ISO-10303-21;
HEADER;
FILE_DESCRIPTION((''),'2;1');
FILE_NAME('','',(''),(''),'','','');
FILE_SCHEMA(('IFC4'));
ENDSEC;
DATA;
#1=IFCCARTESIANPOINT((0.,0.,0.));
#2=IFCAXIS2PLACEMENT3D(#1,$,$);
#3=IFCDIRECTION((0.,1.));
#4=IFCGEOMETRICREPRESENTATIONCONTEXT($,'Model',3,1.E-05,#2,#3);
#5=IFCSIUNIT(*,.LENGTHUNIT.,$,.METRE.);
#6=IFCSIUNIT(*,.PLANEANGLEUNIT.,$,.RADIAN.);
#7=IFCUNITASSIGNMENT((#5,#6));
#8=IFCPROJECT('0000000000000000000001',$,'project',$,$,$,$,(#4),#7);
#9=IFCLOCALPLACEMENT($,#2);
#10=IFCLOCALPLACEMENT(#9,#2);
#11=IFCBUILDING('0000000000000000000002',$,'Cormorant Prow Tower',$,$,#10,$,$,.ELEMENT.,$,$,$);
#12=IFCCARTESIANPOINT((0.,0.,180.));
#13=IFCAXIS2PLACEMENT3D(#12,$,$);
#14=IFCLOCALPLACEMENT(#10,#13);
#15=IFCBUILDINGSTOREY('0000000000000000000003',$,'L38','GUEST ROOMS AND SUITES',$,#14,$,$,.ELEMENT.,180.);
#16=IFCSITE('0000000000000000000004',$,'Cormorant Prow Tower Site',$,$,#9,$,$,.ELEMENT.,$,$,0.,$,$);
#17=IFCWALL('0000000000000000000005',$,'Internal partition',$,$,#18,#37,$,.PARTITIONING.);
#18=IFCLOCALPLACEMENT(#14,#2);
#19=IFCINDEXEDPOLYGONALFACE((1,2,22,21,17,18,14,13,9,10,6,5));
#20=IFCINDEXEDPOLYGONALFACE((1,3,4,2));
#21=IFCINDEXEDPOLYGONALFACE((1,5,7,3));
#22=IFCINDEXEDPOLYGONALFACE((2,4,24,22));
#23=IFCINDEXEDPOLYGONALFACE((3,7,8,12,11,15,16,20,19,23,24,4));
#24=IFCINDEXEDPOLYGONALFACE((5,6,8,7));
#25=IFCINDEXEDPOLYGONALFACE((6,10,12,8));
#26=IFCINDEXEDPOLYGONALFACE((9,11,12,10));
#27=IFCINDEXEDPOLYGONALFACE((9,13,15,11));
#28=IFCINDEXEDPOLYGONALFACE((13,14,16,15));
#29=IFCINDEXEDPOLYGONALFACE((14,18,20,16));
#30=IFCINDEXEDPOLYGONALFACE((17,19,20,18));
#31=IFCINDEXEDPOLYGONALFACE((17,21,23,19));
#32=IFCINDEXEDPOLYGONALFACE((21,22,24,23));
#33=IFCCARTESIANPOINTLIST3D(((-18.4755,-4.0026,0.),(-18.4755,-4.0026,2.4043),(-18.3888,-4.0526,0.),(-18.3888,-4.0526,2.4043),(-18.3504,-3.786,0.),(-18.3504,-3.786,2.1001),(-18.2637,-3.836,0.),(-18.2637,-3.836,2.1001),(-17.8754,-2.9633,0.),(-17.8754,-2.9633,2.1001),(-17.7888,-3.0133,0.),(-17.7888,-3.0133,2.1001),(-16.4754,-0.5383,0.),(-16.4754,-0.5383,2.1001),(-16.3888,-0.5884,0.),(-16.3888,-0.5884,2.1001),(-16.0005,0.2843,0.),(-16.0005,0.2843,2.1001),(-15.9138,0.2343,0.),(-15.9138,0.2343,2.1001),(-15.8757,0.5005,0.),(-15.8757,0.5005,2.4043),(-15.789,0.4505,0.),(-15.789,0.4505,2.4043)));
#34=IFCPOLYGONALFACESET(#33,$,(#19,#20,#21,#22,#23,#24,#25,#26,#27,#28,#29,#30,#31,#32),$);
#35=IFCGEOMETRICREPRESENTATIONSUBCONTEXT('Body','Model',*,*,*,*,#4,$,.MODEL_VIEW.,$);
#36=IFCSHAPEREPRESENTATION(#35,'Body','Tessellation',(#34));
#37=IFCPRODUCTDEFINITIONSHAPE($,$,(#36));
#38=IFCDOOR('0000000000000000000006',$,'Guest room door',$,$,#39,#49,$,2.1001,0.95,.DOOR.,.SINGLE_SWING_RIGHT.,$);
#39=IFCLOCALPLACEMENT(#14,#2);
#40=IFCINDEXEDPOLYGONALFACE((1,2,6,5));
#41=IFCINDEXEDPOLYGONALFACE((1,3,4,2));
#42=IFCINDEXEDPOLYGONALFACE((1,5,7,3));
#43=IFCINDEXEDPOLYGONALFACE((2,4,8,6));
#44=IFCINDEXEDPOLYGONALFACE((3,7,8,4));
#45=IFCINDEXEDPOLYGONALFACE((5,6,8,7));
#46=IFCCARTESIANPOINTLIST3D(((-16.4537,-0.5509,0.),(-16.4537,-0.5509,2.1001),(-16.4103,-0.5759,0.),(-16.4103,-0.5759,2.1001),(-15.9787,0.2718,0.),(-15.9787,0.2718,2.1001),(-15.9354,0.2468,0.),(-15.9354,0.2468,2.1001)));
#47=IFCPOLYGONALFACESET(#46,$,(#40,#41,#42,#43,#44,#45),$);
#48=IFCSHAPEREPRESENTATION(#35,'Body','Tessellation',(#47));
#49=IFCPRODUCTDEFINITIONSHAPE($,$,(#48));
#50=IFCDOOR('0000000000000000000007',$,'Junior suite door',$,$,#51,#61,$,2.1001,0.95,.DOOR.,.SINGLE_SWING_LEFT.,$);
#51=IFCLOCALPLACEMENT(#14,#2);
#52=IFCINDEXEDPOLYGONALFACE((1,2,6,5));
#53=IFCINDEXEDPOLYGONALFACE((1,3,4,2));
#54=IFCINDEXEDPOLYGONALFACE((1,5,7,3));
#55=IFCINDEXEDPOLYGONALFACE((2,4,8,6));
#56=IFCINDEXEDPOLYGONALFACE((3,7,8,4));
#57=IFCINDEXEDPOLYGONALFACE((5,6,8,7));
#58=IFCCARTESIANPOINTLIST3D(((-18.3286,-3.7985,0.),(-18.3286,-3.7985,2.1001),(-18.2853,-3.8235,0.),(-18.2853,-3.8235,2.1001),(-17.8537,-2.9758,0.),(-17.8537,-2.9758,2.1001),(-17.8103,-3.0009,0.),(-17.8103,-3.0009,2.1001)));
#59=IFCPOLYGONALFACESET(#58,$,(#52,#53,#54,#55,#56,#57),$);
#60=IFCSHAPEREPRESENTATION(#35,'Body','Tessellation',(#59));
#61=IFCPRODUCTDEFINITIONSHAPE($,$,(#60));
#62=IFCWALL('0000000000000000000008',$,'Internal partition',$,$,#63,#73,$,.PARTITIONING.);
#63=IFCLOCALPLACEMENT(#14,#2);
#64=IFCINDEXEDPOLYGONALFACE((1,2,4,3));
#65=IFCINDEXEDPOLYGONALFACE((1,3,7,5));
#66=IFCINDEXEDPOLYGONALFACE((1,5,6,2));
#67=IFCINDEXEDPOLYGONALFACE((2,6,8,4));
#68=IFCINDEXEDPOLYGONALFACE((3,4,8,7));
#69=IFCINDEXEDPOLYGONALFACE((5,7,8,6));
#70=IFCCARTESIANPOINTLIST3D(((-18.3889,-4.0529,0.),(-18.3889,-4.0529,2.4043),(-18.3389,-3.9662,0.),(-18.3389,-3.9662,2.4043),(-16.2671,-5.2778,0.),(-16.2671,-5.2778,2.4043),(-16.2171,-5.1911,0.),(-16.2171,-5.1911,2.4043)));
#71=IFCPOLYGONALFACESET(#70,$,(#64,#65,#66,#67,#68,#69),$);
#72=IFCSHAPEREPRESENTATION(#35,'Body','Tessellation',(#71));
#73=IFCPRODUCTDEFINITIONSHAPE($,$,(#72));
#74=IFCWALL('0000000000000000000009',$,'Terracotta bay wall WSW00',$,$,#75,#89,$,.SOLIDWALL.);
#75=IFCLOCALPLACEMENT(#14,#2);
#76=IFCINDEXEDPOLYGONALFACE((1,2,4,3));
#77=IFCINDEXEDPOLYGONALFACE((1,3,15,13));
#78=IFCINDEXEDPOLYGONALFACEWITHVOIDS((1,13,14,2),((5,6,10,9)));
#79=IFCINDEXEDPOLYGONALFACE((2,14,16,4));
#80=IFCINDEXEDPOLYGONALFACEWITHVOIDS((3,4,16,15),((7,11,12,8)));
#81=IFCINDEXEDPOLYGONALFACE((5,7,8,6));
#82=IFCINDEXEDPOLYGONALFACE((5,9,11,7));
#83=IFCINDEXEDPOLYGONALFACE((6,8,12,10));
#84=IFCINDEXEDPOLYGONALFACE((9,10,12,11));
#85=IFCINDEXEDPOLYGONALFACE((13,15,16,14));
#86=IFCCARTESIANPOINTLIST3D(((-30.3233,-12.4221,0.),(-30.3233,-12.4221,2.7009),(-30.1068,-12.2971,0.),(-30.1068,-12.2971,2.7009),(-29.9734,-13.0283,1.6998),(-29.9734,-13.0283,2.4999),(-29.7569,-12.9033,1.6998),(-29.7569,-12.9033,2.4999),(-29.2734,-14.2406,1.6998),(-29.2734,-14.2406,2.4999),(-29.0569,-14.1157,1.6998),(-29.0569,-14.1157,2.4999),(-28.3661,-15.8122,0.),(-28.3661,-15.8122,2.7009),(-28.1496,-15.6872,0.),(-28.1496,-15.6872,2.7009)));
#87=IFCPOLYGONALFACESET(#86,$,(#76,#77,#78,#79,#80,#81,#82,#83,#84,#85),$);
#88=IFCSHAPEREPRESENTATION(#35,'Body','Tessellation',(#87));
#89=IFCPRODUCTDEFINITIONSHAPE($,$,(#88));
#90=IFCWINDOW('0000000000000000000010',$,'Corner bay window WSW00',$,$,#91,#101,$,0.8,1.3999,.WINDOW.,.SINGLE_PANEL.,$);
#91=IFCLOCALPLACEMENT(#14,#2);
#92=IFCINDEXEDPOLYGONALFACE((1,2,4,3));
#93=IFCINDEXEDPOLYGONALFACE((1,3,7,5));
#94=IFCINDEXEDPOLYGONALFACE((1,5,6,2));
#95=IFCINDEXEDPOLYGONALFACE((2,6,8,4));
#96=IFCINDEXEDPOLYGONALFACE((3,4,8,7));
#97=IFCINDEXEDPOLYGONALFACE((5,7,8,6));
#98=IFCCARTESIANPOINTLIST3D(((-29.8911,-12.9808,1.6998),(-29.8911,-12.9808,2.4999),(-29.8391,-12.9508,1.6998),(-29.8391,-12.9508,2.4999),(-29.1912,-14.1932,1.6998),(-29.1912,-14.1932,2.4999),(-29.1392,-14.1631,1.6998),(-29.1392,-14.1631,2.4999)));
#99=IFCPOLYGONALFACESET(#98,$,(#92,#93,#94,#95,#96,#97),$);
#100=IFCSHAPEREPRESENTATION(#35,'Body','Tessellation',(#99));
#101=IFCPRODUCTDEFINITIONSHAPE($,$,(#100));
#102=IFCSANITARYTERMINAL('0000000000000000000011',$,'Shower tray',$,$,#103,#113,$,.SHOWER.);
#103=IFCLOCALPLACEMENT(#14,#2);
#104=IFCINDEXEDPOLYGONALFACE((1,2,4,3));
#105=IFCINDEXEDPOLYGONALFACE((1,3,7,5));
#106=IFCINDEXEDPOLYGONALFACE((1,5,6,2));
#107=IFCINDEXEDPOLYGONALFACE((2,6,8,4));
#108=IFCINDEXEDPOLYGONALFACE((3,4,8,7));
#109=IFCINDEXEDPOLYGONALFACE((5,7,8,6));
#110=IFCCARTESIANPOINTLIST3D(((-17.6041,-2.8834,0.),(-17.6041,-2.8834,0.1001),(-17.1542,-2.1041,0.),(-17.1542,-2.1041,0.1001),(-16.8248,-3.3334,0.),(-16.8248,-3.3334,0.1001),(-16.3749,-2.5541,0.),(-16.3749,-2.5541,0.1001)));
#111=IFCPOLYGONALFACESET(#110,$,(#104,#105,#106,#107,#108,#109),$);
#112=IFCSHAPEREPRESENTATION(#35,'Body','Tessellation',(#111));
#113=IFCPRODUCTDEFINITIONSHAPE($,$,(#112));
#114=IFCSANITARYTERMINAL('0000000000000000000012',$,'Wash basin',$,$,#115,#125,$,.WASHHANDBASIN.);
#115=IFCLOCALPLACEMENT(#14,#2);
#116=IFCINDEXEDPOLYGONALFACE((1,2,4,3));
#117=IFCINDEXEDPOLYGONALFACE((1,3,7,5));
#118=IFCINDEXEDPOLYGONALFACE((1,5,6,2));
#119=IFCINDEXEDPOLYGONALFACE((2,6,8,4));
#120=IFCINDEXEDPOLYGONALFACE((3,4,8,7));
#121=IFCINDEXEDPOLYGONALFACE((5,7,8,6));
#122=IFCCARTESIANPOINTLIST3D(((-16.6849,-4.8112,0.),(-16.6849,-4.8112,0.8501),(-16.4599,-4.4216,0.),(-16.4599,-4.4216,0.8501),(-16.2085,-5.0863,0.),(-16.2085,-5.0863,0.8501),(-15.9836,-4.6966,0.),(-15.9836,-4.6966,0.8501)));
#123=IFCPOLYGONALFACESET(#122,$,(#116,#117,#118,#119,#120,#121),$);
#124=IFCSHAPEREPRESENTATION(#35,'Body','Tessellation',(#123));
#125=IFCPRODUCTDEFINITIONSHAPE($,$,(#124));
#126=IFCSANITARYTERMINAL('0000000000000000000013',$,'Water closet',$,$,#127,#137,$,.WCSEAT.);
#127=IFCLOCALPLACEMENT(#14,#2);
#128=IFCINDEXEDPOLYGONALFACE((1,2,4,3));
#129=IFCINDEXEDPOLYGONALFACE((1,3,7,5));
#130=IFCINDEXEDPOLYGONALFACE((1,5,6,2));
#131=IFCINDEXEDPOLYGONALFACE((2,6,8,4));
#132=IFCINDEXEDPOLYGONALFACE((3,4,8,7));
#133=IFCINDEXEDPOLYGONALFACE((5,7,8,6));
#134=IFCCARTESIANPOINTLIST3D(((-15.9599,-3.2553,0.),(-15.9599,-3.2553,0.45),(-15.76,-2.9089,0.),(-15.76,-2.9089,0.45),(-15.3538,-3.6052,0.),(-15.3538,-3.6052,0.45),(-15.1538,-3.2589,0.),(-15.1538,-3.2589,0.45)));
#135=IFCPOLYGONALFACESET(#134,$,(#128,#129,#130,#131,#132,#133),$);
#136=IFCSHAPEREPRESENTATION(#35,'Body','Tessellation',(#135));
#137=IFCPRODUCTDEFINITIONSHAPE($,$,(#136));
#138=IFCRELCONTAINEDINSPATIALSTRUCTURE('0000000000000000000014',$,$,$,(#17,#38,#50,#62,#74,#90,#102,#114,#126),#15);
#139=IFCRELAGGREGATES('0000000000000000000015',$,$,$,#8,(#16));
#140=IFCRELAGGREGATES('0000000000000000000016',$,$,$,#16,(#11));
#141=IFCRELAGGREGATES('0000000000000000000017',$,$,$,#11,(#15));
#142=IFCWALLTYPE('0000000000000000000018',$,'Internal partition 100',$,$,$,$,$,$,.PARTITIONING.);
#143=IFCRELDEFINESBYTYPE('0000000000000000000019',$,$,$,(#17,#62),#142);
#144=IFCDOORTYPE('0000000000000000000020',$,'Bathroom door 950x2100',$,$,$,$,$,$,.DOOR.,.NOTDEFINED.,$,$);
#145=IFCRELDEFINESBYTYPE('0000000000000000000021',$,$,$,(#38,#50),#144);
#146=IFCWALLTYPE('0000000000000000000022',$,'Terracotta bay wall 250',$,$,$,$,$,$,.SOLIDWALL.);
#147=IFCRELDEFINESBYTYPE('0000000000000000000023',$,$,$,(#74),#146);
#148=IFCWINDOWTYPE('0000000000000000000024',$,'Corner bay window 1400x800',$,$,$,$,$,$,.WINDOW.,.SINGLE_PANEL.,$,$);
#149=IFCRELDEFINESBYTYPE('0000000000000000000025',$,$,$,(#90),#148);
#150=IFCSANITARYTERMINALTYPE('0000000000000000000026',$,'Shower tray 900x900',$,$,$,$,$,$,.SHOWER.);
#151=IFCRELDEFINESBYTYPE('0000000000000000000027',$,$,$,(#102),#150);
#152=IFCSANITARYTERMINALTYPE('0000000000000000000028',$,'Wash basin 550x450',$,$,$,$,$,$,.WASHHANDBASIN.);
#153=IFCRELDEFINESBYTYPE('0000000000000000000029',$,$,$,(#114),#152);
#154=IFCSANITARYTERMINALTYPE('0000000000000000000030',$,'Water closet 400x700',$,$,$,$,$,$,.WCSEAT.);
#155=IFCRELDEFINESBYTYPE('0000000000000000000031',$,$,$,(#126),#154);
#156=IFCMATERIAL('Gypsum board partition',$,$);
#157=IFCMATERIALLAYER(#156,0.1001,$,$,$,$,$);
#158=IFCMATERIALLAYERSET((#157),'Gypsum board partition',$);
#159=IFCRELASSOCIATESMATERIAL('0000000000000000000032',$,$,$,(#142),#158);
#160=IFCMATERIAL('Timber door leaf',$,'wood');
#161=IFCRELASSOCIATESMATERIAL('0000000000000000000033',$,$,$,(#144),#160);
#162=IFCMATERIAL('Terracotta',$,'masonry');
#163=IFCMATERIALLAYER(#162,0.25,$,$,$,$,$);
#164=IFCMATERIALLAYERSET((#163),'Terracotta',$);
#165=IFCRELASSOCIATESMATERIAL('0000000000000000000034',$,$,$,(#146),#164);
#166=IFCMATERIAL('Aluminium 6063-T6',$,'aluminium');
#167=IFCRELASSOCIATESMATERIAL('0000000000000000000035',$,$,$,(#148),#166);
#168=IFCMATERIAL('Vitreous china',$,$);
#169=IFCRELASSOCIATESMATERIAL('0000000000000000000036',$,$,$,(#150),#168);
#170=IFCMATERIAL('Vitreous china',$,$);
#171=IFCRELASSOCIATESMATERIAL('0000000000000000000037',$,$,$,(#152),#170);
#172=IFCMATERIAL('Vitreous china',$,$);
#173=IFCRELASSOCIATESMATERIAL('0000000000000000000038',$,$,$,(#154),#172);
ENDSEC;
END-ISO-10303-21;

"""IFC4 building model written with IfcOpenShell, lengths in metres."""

from ifc_helpers import new_model, si_unit, direction, frame, frame_2d, origin, origin_2d, place, context, subcontext, project, spatial, rectangle, extrude, material, layer, layer_set, type_object, element, fill, save


model = new_model("IFC4")

# Units and contexts
model_context = context("Model", 3, precision=1e-05, world=origin(), true_north=direction((0.0, 1.0)))
body_context = subcontext(model_context, "Body", "Model", "MODEL_VIEW")
ifc_project = project(units=[si_unit("LENGTHUNIT", "METRE"), si_unit("PLANEANGLEUNIT", "RADIAN")], contexts=[model_context])

# Site, building, storey
site_placement = place(None, origin())
site = spatial("IfcSite", under=ifc_project, at=site_placement, Name="Cormorant Prow Tower Site", CompositionType="ELEMENT", RefElevation=0.0)
building_placement = place(site_placement, origin())
building = spatial("IfcBuilding", under=site, at=building_placement, Name="Cormorant Prow Tower", CompositionType="ELEMENT")
storey_placement = place(building_placement, frame((0.0, 0.0, 180.0)))
storey = spatial("IfcBuildingStorey", under=building, at=storey_placement, Name="L38", Description="GUEST ROOMS AND SUITES", CompositionType="ELEMENT", Elevation=180.0)

# Wall, openings, doors
ifc_material_1 = material(Name="Gypsum board partition")
ifc_layer_1 = layer(ifc_material_1, 0.1001)
ifc_layer_set_1 = layer_set([ifc_layer_1], Name="Gypsum board partition")
wall_type_1 = type_object("IfcWallType", Name="Internal partition 100", PredefinedType="PARTITIONING", material=ifc_layer_set_1)
wall_1_placement = place(storey_placement, frame((-18.4321, -4.0276, 0.0), z_axis=(0.0, 0.0, 1.0), x_axis=(0.499992, 0.86603, 0.0)))
wall_1 = element("IfcWall", 1, at=wall_1_placement, inside=storey, type_object=wall_type_1, Name="Internal partition", PredefinedType="PARTITIONING", context=body_context, shape_type="SweptSolid", body=[
    extrude(rectangle(XDim=5.1997, YDim=0.1001, at=frame_2d((2.5999, 0.0))), origin(), (0.0, 0.0, 1.0), 2.4043),
])
opening_1_placement = place(wall_1_placement, frame((4.0, 0.0, 0.0)))
opening_1 = element("IfcOpeningElement", 2, at=opening_1_placement, cuts=wall_1, PredefinedType="OPENING", context=body_context, shape_type="SweptSolid", body=[
    extrude(rectangle(XDim=0.95, YDim=2.1001, at=frame_2d((0.4751, 1.05))), frame((0.0, 0.0601, 0.0), z_axis=(0.0, -1.0, 0.0), x_axis=(1.0, 0.0, 0.0)), (0.0, 0.0, 1.0), 0.1201),
])
opening_2_placement = place(wall_1_placement, frame((0.25, 0.0, 0.0)))
opening_2 = element("IfcOpeningElement", 3, at=opening_2_placement, cuts=wall_1, PredefinedType="OPENING", context=body_context, shape_type="SweptSolid", body=[
    extrude(rectangle(XDim=0.95, YDim=2.1001, at=frame_2d((0.4751, 1.05))), frame((0.0, 0.0601, 0.0), z_axis=(0.0, -1.0, 0.0), x_axis=(1.0, 0.0, 0.0)), (0.0, 0.0, 1.0), 0.1201),
])
ifc_material_2 = material(Name="Timber door leaf", Category="wood")
door_type_1 = type_object("IfcDoorType", Name="Bathroom door 950x2100", OperationType="NOTDEFINED", PredefinedType="DOOR", material=ifc_material_2)
door_1_placement = place(opening_1_placement, origin())
door_1 = element("IfcDoor", 4, at=door_1_placement, inside=storey, type_object=door_type_1, Name="Guest room door", OperationType="SINGLE_SWING_RIGHT", OverallHeight=2.1001, OverallWidth=0.95, PredefinedType="DOOR", context=body_context, shape_type="SweptSolid", body=[
    extrude(rectangle(XDim=0.95, YDim=2.1001, at=frame_2d((0.4751, 1.05))), frame((0.0, 0.0249, 0.0), z_axis=(0.0, -1.0, 0.0), x_axis=(1.0, 0.0, 0.0)), (0.0, 0.0, 1.0), 0.05),
])
fill(opening_1, door_1)
door_2_placement = place(opening_2_placement, origin())
door_2 = element("IfcDoor", 5, at=door_2_placement, inside=storey, type_object=door_type_1, Name="Junior suite door", OperationType="SINGLE_SWING_LEFT", OverallHeight=2.1001, OverallWidth=0.95, PredefinedType="DOOR", context=body_context, shape_type="SweptSolid", body=[
    extrude(rectangle(XDim=0.95, YDim=2.1001, at=frame_2d((0.4751, 1.05))), frame((0.0, 0.0249, 0.0), z_axis=(0.0, -1.0, 0.0), x_axis=(1.0, 0.0, 0.0)), (0.0, 0.0, 1.0), 0.05),
])
fill(opening_2, door_2)

# Wall
wall_2_placement = place(storey_placement, frame((-18.364, -4.0095, 0.0), z_axis=(0.0, 0.0, 1.0), x_axis=(0.866058, -0.499944, 0.0)))
element("IfcWall", 6, at=wall_2_placement, inside=storey, type_object=wall_type_1, Name="Internal partition", PredefinedType="PARTITIONING", context=body_context, shape_type="SweptSolid", body=[
    extrude(rectangle(XDim=2.45, YDim=0.1001, at=frame_2d((1.2251, 0.0))), origin(), (0.0, 0.0, 1.0), 2.4043),
])

# Wall, opening, window
ifc_material_3 = material(Name="Terracotta", Category="masonry")
ifc_layer_2 = layer(ifc_material_3, 0.25)
ifc_layer_set_2 = layer_set([ifc_layer_2], Name="Terracotta")
wall_type_2 = type_object("IfcWallType", Name="Terracotta bay wall 250", PredefinedType="SOLIDWALL", material=ifc_layer_set_2)
wall_3_placement = place(storey_placement, frame((-30.2151, -12.3596, 0.0), z_axis=(0.0, 0.0, 1.0), x_axis=(0.499996, -0.866028, 0.0)))
wall_3 = element("IfcWall", 7, at=wall_3_placement, inside=storey, type_object=wall_type_2, Name="Terracotta bay wall WSW00", PredefinedType="SOLIDWALL", context=body_context, shape_type="SweptSolid", body=[
    extrude(rectangle(XDim=3.9146, YDim=0.25, at=frame_2d((1.9573, 0.0))), origin(), (0.0, 0.0, 1.0), 2.7009),
])
opening_3_placement = place(wall_3_placement, frame((0.7, 0.0, 1.7)))
opening_3 = element("IfcOpeningElement", 8, at=opening_3_placement, cuts=wall_3, PredefinedType="OPENING", context=body_context, shape_type="SweptSolid", body=[
    extrude(rectangle(XDim=1.3999, YDim=0.8, at=frame_2d((0.7, 0.3999))), frame((0.0, 0.135, 0.0), z_axis=(0.0, -1.0, 0.0), x_axis=(1.0, 0.0, 0.0)), (0.0, 0.0, 1.0), 0.27),
])
ifc_material_4 = material(Name="Aluminium 6063-T6", Category="aluminium")
window_type = type_object("IfcWindowType", Name="Corner bay window 1400x800", PartitioningType="SINGLE_PANEL", PredefinedType="WINDOW", material=ifc_material_4)
window_placement = place(opening_3_placement, origin())
window = element("IfcWindow", 9, at=window_placement, inside=storey, type_object=window_type, Name="Corner bay window WSW00", OverallHeight=0.8, OverallWidth=1.3999, PartitioningType="SINGLE_PANEL", PredefinedType="WINDOW", context=body_context, shape_type="SweptSolid", body=[
    extrude(rectangle(XDim=1.3999, YDim=0.8, at=frame_2d((0.7, 0.3999))), frame((0.0, 0.03, 0.0), z_axis=(0.0, -1.0, 0.0), x_axis=(1.0, 0.0, 0.0)), (0.0, 0.0, 1.0), 0.0601),
])
fill(opening_3, window)

# Sanitary terminals
ifc_material_5 = material(Name="Vitreous china")
sanitary_terminal_type_1 = type_object("IfcSanitaryTerminalType", Name="Shower tray 900x900", PredefinedType="SHOWER", material=ifc_material_5)
sanitary_terminal_1_placement = place(storey_placement, frame((-16.9895, -2.7188, 0.0), z_axis=(0.0, 0.0, 1.0), x_axis=(0.866025, -0.5, 0.0)))
element("IfcSanitaryTerminal", 10, at=sanitary_terminal_1_placement, inside=storey, type_object=sanitary_terminal_type_1, Name="Shower tray", PredefinedType="SHOWER", context=body_context, shape_type="SweptSolid", body=[
    extrude(rectangle(XDim=0.8999, YDim=0.8999, at=origin_2d()), origin(), (0.0, 0.0, 1.0), 0.1001),
])
ifc_material_6 = material(Name="Vitreous china")
sanitary_terminal_type_2 = type_object("IfcSanitaryTerminalType", Name="Wash basin 550x450", PredefinedType="WASHHANDBASIN", material=ifc_material_6)
sanitary_terminal_2_placement = place(storey_placement, frame((-16.3342, -4.7539, 0.0), z_axis=(0.0, 0.0, 1.0), x_axis=(-0.866025, 0.5, 0.0)))
element("IfcSanitaryTerminal", 11, at=sanitary_terminal_2_placement, inside=storey, type_object=sanitary_terminal_type_2, Name="Wash basin", PredefinedType="WASHHANDBASIN", context=body_context, shape_type="SweptSolid", body=[
    extrude(rectangle(XDim=0.55, YDim=0.45, at=origin_2d()), origin(), (0.0, 0.0, 1.0), 0.8501),
])
ifc_material_7 = material(Name="Vitreous china")
sanitary_terminal_type_3 = type_object("IfcSanitaryTerminalType", Name="Water closet 400x700", PredefinedType="WCSEAT", material=ifc_material_7)
sanitary_terminal_3_placement = place(storey_placement, frame((-15.5569, -3.2571, 0.0), z_axis=(0.0, 0.0, 1.0), x_axis=(-0.5, -0.866025, 0.0)))
element("IfcSanitaryTerminal", 12, at=sanitary_terminal_3_placement, inside=storey, type_object=sanitary_terminal_type_3, Name="Water closet", PredefinedType="WCSEAT", context=body_context, shape_type="SweptSolid", body=[
    extrude(rectangle(XDim=0.3999, YDim=0.7, at=origin_2d()), origin(), (0.0, 0.0, 1.0), 0.45),
])

save(model, "model.ifc")
